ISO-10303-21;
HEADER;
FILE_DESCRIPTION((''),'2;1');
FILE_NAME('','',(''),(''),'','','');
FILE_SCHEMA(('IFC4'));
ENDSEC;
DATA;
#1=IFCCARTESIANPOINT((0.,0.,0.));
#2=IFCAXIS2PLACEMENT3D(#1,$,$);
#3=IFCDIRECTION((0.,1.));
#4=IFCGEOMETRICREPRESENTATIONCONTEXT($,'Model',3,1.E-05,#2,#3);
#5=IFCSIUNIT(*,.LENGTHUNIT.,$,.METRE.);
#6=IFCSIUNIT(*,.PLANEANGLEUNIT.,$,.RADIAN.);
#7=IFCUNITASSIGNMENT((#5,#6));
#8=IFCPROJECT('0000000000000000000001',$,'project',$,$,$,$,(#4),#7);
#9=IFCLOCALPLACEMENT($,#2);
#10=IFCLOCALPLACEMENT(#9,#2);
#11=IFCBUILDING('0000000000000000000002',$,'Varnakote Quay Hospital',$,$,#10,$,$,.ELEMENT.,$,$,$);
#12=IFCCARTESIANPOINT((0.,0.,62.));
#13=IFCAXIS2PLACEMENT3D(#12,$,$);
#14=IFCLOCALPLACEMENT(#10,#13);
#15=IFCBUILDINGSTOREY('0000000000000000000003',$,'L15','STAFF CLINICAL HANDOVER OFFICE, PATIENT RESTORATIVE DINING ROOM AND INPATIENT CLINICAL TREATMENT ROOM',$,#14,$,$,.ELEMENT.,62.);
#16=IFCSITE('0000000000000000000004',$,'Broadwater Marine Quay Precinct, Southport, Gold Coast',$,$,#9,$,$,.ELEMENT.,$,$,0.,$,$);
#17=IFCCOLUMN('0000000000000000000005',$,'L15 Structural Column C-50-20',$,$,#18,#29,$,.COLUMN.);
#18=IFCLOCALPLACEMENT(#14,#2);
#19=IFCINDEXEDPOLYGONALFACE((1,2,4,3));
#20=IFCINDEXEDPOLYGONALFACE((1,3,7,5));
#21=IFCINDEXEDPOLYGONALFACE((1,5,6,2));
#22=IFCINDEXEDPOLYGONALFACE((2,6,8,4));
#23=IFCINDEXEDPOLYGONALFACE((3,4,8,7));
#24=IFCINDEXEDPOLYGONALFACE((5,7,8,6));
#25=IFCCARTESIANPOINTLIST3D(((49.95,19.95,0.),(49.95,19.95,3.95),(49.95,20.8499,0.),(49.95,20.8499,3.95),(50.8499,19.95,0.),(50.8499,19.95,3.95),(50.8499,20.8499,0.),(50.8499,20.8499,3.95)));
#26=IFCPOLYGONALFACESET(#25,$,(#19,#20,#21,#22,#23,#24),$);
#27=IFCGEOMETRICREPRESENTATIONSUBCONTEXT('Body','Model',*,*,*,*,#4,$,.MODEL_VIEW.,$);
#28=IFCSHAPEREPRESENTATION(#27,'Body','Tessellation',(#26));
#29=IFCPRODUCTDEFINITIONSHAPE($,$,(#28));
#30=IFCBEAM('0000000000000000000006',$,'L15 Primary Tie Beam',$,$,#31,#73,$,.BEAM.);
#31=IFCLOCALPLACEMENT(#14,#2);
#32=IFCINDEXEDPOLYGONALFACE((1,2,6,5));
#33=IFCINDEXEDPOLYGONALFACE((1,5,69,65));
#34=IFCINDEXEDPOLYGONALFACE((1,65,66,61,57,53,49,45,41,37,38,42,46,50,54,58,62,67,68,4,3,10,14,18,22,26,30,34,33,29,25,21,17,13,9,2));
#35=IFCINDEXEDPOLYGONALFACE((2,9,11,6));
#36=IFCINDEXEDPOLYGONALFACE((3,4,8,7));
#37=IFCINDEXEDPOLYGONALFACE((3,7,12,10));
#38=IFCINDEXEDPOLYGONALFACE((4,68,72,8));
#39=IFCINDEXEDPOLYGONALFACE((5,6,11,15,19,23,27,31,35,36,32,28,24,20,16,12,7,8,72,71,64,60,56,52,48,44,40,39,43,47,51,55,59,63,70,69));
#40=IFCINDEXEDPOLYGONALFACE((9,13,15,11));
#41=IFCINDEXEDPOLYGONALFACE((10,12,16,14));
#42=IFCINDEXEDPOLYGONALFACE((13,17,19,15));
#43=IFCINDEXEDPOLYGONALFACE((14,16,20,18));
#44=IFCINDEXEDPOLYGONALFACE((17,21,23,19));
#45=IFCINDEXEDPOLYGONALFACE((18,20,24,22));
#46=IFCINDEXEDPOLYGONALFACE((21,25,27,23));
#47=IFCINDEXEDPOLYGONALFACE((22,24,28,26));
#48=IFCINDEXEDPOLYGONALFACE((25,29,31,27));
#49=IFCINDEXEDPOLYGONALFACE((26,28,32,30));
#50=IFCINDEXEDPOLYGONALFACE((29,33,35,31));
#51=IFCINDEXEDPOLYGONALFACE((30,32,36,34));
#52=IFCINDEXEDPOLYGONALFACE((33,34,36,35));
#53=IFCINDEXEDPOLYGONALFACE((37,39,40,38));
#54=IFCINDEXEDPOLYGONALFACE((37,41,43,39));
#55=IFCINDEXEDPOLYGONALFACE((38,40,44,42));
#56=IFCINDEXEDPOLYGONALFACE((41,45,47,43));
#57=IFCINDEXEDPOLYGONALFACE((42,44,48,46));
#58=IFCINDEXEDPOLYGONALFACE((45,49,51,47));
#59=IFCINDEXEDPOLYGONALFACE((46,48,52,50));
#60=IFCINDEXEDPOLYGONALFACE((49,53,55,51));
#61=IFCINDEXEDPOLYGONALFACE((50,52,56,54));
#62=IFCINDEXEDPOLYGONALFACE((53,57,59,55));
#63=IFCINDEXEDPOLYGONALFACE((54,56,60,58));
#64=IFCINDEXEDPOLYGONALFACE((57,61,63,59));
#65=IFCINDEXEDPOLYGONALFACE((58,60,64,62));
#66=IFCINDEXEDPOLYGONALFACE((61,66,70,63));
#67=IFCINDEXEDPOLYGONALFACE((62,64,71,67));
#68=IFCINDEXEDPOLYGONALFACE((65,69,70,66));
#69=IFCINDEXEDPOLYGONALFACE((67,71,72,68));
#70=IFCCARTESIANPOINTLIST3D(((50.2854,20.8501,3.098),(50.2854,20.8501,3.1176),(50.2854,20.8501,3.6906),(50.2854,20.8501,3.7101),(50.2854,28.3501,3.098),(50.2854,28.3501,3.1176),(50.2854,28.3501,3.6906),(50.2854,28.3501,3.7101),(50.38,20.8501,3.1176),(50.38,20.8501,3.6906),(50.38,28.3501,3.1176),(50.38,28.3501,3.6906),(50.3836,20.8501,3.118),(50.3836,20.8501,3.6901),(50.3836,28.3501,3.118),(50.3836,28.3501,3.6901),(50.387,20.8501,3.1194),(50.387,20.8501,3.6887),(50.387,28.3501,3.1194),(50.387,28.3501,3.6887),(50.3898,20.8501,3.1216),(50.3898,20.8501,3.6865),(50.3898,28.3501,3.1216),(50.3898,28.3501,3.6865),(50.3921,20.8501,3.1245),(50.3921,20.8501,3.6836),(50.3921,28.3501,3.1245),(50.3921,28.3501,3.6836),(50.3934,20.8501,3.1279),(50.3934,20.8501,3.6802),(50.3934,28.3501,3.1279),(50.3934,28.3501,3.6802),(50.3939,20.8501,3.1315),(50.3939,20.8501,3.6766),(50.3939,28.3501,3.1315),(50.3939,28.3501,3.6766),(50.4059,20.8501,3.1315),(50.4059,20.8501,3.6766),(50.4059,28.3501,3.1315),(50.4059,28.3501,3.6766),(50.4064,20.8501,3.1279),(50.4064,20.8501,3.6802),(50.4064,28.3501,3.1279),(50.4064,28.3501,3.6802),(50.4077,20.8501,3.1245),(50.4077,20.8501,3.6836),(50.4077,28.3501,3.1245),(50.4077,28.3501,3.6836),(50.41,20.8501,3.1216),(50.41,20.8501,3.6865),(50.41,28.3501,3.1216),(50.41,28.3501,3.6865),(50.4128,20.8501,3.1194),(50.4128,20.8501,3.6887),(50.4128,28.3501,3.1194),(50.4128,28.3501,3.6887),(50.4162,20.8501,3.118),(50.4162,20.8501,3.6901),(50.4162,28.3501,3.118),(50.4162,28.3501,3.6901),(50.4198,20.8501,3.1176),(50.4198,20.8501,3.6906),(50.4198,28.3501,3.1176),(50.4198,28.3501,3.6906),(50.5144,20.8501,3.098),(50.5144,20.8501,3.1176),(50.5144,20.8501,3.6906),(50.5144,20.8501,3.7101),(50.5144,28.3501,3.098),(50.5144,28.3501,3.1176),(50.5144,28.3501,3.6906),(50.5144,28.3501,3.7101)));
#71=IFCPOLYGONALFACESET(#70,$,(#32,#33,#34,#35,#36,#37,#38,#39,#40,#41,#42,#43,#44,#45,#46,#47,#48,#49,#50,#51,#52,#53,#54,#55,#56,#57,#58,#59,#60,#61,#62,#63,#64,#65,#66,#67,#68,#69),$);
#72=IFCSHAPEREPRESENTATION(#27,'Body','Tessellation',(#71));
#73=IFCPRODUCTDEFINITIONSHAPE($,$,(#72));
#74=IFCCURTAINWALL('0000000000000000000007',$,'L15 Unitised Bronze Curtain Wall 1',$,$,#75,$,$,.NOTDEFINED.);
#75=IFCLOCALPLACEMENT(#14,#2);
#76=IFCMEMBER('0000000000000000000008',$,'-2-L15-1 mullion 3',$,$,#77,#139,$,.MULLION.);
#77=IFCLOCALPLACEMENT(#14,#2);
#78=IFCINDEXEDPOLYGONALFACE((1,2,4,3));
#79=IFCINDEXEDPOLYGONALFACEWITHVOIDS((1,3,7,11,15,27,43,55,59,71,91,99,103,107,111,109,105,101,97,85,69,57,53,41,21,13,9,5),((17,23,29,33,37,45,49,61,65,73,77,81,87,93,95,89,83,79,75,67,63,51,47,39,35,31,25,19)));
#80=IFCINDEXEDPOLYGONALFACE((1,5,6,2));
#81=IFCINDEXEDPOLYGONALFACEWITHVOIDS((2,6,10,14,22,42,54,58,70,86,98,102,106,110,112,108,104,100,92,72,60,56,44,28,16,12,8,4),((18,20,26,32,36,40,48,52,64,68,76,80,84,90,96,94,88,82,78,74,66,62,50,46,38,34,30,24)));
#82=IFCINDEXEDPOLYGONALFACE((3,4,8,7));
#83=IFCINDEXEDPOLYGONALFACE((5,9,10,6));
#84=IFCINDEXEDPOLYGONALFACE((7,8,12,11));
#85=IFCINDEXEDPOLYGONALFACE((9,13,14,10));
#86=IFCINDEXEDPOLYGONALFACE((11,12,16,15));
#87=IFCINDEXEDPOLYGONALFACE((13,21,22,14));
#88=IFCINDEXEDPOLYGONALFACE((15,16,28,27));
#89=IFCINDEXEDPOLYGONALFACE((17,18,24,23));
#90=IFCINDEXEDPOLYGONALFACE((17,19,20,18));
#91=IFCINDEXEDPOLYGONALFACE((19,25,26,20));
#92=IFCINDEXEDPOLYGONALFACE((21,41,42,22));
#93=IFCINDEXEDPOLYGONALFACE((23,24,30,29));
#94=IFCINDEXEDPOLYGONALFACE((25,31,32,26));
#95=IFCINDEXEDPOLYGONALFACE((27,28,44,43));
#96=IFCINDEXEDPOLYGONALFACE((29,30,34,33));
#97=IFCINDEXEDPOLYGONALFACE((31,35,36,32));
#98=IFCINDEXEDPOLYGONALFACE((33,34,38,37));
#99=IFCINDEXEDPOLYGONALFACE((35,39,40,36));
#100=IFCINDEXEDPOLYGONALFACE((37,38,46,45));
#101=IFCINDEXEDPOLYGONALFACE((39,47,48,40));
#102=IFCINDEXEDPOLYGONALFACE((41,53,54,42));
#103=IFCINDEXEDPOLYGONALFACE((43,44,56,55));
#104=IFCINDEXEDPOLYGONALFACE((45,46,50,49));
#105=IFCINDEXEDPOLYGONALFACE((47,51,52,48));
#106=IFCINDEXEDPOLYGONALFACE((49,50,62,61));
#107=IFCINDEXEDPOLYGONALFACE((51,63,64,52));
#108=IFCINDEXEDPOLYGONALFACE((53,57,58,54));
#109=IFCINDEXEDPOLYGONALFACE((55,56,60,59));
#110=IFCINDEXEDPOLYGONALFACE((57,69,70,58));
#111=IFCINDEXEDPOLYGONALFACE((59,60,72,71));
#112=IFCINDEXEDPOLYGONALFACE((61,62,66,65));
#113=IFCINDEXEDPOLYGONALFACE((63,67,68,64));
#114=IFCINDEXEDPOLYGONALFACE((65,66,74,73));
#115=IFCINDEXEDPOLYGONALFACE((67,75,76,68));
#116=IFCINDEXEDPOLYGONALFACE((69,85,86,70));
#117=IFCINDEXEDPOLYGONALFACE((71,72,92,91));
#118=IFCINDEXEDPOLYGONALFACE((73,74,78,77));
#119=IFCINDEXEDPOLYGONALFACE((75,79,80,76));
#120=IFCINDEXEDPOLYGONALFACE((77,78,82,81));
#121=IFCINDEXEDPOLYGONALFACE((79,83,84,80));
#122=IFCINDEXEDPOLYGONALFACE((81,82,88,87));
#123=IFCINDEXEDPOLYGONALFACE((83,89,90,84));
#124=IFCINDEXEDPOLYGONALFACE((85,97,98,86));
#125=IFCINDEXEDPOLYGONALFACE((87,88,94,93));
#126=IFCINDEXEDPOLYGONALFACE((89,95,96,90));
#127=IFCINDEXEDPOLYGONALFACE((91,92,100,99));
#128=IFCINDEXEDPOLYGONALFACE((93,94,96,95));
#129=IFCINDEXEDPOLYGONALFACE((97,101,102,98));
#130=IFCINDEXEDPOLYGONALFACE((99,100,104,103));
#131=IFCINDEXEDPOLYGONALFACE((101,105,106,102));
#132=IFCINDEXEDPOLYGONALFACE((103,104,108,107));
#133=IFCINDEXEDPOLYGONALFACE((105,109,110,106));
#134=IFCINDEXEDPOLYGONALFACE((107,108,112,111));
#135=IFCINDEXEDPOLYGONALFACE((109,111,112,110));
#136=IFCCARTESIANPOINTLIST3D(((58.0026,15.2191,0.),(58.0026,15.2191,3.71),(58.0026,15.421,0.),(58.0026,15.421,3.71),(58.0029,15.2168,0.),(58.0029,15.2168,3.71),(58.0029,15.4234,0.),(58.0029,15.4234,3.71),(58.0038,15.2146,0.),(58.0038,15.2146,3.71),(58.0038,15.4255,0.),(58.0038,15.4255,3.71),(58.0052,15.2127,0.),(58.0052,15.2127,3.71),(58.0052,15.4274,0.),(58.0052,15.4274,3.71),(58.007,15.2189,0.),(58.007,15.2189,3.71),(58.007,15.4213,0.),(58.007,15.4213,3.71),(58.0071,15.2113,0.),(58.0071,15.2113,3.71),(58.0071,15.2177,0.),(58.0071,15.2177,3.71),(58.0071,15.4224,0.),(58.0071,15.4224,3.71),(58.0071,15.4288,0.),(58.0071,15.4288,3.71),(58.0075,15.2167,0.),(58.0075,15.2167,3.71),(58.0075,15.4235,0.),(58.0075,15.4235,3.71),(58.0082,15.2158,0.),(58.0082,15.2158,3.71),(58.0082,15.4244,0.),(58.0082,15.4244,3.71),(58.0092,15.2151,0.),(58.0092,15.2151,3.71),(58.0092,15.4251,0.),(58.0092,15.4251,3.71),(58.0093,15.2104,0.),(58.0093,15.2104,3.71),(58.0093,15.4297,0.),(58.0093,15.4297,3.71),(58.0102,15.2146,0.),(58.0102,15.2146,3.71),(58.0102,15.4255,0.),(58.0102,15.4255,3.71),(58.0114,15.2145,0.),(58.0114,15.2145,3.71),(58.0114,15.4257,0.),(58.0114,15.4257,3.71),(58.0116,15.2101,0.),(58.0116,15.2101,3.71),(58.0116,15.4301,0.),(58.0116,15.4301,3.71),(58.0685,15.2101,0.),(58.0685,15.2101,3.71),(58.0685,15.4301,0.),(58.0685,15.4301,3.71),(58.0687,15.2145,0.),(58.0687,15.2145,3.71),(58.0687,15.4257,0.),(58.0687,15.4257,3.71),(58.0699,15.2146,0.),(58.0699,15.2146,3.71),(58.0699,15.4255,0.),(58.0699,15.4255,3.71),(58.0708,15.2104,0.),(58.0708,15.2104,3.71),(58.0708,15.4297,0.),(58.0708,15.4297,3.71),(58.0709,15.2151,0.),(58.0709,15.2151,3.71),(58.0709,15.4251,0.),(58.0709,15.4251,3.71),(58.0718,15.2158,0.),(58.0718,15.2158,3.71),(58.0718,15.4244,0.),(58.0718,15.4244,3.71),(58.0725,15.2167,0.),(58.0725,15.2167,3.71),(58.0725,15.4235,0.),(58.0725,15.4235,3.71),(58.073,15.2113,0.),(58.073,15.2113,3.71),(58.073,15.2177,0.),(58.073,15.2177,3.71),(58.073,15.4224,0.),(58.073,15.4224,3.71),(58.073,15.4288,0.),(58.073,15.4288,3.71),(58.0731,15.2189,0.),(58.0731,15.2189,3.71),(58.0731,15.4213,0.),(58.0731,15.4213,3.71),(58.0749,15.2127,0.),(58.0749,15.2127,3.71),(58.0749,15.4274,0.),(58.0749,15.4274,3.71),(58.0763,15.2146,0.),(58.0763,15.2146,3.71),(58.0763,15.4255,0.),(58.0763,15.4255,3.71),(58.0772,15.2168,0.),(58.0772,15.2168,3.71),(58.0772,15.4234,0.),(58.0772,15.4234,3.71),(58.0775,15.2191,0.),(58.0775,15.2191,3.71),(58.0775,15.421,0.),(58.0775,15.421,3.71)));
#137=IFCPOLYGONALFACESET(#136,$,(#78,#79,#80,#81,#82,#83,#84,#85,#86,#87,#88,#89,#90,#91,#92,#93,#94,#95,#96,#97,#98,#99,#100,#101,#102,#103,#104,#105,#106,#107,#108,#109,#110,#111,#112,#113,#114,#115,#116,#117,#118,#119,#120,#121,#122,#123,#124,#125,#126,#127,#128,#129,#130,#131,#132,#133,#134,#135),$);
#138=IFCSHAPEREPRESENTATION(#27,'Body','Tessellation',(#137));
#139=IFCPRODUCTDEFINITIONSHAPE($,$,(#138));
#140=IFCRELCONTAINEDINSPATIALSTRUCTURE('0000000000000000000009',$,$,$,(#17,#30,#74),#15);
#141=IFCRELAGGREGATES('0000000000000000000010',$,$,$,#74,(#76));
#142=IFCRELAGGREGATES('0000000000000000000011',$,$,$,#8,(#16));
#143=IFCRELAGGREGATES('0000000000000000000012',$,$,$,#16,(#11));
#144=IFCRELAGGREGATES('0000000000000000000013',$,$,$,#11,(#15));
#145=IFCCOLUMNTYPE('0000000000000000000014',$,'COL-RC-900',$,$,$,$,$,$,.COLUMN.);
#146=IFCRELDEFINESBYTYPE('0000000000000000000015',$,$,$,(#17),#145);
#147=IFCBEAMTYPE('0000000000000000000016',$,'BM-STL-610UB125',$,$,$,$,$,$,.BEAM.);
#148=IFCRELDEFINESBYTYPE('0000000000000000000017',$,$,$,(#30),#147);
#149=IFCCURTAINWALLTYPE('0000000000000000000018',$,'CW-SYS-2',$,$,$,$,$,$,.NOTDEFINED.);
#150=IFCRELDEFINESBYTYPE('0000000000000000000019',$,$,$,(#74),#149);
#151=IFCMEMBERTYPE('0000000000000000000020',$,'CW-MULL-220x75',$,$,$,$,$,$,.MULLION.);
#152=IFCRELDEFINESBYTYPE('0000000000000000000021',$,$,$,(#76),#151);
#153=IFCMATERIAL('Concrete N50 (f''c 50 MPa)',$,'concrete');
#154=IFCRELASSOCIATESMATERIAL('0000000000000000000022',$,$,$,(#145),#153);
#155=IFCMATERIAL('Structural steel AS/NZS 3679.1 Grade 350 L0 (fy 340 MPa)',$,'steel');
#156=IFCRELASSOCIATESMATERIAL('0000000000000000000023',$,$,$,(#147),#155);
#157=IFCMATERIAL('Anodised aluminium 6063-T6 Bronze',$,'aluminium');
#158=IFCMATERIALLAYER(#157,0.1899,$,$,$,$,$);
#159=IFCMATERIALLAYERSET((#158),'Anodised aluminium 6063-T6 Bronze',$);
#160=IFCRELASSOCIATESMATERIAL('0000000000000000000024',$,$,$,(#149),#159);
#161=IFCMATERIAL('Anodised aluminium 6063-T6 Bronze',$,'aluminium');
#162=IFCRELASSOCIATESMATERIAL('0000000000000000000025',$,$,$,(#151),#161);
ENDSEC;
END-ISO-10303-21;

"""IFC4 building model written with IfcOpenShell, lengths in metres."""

from ifc_helpers import new_model, si_unit, direction, frame, origin, origin_2d, place, context, subcontext, project, spatial, rectangle, hollow_rectangle, i_section, extrude, material, layer, layer_set, material_profile, profile_set, type_object, element, aggregate, save


model = new_model("IFC4")

# Units and contexts
model_context = context("Model", 3, precision=1e-05, world=origin(), true_north=direction((0.0, 1.0)))
body_context = subcontext(model_context, "Body", "Model", "MODEL_VIEW")
ifc_project = project(units=[si_unit("LENGTHUNIT", "METRE"), si_unit("PLANEANGLEUNIT", "RADIAN")], contexts=[model_context])

# Site, building, storey
site_placement = place(None, origin())
site = spatial("IfcSite", under=ifc_project, at=site_placement, Name="Broadwater Marine Quay Precinct, Southport, Gold Coast", CompositionType="ELEMENT", RefElevation=0.0)
building_placement = place(site_placement, origin())
building = spatial("IfcBuilding", under=site, at=building_placement, Name="Varnakote Quay Hospital", CompositionType="ELEMENT")
storey_placement = place(building_placement, frame((0.0, 0.0, 62.0)))
storey = spatial("IfcBuildingStorey", under=building, at=storey_placement, Name="L15", Description="STAFF CLINICAL HANDOVER OFFICE, PATIENT RESTORATIVE DINING ROOM AND INPATIENT CLINICAL TREATMENT ROOM", CompositionType="ELEMENT", Elevation=62.0)

# Column
ifc_material_1 = material(Name="Concrete N50 (f'c 50 MPa)", Category="concrete")
ifc_material_profile_1 = material_profile(ifc_material_1, rectangle(XDim=0.8999, YDim=0.8999, at=origin_2d()), Name="RC-COL-900x900")
ifc_profile_set_1 = profile_set([ifc_material_profile_1], Name="Concrete N50 (f'c 50 MPa)")
column_type = type_object("IfcColumnType", Name="COL-RC-900", PredefinedType="COLUMN", material=ifc_profile_set_1)
column_placement = place(storey_placement, frame((50.3999, 20.3999, 0.0), z_axis=(0.0, 0.0, 1.0), x_axis=(1.0, 0.0, 0.0)))
element("IfcColumn", 1, at=column_placement, inside=storey, type_object=column_type, Name="L15 Structural Column C-50-20", PredefinedType="COLUMN", context=body_context, shape_type="SweptSolid", body=[
    extrude(rectangle(XDim=0.8999, YDim=0.8999, at=origin_2d()), origin(), (0.0, 0.0, 1.0), 3.95),
])

# Beam
ifc_material_2 = material(Name="Structural steel AS/NZS 3679.1 Grade 350 L0 (fy 340 MPa)", Category="steel")
ifc_material_profile_2 = material_profile(ifc_material_2, i_section(OverallWidth=0.229, OverallDepth=0.6121, WebThickness=0.012, FlangeThickness=0.0195, FilletRadius=0.0139, at=origin_2d()), Name="610UB125")
ifc_profile_set_2 = profile_set([ifc_material_profile_2], Name="Structural steel AS/NZS 3679.1 Grade 350 L0 (fy 340 MPa)")
beam_type = type_object("IfcBeamType", Name="BM-STL-610UB125", PredefinedType="BEAM", material=ifc_profile_set_2)
beam_placement = place(storey_placement, frame((50.3999, 20.8501, 3.4041), z_axis=(0.0, 1.0, 0.0), x_axis=(-1.0, 0.0, 0.0)))
element("IfcBeam", 2, at=beam_placement, inside=storey, type_object=beam_type, Name="L15 Primary Tie Beam", PredefinedType="BEAM", context=body_context, shape_type="SweptSolid", body=[
    extrude(i_section(OverallWidth=0.229, OverallDepth=0.6121, WebThickness=0.012, FlangeThickness=0.0195, FilletRadius=0.0139, at=origin_2d()), origin(), (0.0, 0.0, 1.0), 7.5),
])

# Curtain wall, member
ifc_material_3 = material(Name="Anodised aluminium 6063-T6 Bronze", Category="aluminium")
ifc_layer_1 = layer(ifc_material_3, 0.1899)
ifc_layer_set_1 = layer_set([ifc_layer_1], Name="Anodised aluminium 6063-T6 Bronze")
curtain_wall_type = type_object("IfcCurtainWallType", Name="CW-SYS-2", PredefinedType="NOTDEFINED", material=ifc_layer_set_1)
curtain_wall_placement = place(storey_placement, origin())
curtain_wall = element("IfcCurtainWall", 3, at=curtain_wall_placement, inside=storey, type_object=curtain_wall_type, Name="L15 Unitised Bronze Curtain Wall 1", PredefinedType="NOTDEFINED")
ifc_material_4 = material(Name="Anodised aluminium 6063-T6 Bronze", Category="aluminium")
ifc_material_profile_3 = material_profile(ifc_material_4, hollow_rectangle(XDim=0.075, YDim=0.22, WallThickness=0.0044, InnerFilletRadius=0.0044, OuterFilletRadius=0.009, at=origin_2d()), Name="CW-MULL-220x75")
ifc_profile_set_3 = profile_set([ifc_material_profile_3], Name="Anodised aluminium 6063-T6 Bronze")
member_type_1 = type_object("IfcMemberType", Name="CW-MULL-220x75", PredefinedType="MULLION", material=ifc_profile_set_3)
member_1_placement = place(storey_placement, frame((58.04, 15.3201, 0.0), z_axis=(0.0, 0.0, 1.0), x_axis=(-1.0, 0.0, 0.0)))
member_1 = element("IfcMember", 4, at=member_1_placement, type_object=member_type_1, Name="-2-L15-1 mullion 3", PredefinedType="MULLION", context=body_context, shape_type="SweptSolid", body=[
    extrude(hollow_rectangle(XDim=0.075, YDim=0.22, WallThickness=0.0044, InnerFilletRadius=0.0044, OuterFilletRadius=0.009, at=origin_2d()), origin(), (0.0, 0.0, 1.0), 3.71),
])
aggregate(curtain_wall, [member_1])

save(model, "model.ifc")
